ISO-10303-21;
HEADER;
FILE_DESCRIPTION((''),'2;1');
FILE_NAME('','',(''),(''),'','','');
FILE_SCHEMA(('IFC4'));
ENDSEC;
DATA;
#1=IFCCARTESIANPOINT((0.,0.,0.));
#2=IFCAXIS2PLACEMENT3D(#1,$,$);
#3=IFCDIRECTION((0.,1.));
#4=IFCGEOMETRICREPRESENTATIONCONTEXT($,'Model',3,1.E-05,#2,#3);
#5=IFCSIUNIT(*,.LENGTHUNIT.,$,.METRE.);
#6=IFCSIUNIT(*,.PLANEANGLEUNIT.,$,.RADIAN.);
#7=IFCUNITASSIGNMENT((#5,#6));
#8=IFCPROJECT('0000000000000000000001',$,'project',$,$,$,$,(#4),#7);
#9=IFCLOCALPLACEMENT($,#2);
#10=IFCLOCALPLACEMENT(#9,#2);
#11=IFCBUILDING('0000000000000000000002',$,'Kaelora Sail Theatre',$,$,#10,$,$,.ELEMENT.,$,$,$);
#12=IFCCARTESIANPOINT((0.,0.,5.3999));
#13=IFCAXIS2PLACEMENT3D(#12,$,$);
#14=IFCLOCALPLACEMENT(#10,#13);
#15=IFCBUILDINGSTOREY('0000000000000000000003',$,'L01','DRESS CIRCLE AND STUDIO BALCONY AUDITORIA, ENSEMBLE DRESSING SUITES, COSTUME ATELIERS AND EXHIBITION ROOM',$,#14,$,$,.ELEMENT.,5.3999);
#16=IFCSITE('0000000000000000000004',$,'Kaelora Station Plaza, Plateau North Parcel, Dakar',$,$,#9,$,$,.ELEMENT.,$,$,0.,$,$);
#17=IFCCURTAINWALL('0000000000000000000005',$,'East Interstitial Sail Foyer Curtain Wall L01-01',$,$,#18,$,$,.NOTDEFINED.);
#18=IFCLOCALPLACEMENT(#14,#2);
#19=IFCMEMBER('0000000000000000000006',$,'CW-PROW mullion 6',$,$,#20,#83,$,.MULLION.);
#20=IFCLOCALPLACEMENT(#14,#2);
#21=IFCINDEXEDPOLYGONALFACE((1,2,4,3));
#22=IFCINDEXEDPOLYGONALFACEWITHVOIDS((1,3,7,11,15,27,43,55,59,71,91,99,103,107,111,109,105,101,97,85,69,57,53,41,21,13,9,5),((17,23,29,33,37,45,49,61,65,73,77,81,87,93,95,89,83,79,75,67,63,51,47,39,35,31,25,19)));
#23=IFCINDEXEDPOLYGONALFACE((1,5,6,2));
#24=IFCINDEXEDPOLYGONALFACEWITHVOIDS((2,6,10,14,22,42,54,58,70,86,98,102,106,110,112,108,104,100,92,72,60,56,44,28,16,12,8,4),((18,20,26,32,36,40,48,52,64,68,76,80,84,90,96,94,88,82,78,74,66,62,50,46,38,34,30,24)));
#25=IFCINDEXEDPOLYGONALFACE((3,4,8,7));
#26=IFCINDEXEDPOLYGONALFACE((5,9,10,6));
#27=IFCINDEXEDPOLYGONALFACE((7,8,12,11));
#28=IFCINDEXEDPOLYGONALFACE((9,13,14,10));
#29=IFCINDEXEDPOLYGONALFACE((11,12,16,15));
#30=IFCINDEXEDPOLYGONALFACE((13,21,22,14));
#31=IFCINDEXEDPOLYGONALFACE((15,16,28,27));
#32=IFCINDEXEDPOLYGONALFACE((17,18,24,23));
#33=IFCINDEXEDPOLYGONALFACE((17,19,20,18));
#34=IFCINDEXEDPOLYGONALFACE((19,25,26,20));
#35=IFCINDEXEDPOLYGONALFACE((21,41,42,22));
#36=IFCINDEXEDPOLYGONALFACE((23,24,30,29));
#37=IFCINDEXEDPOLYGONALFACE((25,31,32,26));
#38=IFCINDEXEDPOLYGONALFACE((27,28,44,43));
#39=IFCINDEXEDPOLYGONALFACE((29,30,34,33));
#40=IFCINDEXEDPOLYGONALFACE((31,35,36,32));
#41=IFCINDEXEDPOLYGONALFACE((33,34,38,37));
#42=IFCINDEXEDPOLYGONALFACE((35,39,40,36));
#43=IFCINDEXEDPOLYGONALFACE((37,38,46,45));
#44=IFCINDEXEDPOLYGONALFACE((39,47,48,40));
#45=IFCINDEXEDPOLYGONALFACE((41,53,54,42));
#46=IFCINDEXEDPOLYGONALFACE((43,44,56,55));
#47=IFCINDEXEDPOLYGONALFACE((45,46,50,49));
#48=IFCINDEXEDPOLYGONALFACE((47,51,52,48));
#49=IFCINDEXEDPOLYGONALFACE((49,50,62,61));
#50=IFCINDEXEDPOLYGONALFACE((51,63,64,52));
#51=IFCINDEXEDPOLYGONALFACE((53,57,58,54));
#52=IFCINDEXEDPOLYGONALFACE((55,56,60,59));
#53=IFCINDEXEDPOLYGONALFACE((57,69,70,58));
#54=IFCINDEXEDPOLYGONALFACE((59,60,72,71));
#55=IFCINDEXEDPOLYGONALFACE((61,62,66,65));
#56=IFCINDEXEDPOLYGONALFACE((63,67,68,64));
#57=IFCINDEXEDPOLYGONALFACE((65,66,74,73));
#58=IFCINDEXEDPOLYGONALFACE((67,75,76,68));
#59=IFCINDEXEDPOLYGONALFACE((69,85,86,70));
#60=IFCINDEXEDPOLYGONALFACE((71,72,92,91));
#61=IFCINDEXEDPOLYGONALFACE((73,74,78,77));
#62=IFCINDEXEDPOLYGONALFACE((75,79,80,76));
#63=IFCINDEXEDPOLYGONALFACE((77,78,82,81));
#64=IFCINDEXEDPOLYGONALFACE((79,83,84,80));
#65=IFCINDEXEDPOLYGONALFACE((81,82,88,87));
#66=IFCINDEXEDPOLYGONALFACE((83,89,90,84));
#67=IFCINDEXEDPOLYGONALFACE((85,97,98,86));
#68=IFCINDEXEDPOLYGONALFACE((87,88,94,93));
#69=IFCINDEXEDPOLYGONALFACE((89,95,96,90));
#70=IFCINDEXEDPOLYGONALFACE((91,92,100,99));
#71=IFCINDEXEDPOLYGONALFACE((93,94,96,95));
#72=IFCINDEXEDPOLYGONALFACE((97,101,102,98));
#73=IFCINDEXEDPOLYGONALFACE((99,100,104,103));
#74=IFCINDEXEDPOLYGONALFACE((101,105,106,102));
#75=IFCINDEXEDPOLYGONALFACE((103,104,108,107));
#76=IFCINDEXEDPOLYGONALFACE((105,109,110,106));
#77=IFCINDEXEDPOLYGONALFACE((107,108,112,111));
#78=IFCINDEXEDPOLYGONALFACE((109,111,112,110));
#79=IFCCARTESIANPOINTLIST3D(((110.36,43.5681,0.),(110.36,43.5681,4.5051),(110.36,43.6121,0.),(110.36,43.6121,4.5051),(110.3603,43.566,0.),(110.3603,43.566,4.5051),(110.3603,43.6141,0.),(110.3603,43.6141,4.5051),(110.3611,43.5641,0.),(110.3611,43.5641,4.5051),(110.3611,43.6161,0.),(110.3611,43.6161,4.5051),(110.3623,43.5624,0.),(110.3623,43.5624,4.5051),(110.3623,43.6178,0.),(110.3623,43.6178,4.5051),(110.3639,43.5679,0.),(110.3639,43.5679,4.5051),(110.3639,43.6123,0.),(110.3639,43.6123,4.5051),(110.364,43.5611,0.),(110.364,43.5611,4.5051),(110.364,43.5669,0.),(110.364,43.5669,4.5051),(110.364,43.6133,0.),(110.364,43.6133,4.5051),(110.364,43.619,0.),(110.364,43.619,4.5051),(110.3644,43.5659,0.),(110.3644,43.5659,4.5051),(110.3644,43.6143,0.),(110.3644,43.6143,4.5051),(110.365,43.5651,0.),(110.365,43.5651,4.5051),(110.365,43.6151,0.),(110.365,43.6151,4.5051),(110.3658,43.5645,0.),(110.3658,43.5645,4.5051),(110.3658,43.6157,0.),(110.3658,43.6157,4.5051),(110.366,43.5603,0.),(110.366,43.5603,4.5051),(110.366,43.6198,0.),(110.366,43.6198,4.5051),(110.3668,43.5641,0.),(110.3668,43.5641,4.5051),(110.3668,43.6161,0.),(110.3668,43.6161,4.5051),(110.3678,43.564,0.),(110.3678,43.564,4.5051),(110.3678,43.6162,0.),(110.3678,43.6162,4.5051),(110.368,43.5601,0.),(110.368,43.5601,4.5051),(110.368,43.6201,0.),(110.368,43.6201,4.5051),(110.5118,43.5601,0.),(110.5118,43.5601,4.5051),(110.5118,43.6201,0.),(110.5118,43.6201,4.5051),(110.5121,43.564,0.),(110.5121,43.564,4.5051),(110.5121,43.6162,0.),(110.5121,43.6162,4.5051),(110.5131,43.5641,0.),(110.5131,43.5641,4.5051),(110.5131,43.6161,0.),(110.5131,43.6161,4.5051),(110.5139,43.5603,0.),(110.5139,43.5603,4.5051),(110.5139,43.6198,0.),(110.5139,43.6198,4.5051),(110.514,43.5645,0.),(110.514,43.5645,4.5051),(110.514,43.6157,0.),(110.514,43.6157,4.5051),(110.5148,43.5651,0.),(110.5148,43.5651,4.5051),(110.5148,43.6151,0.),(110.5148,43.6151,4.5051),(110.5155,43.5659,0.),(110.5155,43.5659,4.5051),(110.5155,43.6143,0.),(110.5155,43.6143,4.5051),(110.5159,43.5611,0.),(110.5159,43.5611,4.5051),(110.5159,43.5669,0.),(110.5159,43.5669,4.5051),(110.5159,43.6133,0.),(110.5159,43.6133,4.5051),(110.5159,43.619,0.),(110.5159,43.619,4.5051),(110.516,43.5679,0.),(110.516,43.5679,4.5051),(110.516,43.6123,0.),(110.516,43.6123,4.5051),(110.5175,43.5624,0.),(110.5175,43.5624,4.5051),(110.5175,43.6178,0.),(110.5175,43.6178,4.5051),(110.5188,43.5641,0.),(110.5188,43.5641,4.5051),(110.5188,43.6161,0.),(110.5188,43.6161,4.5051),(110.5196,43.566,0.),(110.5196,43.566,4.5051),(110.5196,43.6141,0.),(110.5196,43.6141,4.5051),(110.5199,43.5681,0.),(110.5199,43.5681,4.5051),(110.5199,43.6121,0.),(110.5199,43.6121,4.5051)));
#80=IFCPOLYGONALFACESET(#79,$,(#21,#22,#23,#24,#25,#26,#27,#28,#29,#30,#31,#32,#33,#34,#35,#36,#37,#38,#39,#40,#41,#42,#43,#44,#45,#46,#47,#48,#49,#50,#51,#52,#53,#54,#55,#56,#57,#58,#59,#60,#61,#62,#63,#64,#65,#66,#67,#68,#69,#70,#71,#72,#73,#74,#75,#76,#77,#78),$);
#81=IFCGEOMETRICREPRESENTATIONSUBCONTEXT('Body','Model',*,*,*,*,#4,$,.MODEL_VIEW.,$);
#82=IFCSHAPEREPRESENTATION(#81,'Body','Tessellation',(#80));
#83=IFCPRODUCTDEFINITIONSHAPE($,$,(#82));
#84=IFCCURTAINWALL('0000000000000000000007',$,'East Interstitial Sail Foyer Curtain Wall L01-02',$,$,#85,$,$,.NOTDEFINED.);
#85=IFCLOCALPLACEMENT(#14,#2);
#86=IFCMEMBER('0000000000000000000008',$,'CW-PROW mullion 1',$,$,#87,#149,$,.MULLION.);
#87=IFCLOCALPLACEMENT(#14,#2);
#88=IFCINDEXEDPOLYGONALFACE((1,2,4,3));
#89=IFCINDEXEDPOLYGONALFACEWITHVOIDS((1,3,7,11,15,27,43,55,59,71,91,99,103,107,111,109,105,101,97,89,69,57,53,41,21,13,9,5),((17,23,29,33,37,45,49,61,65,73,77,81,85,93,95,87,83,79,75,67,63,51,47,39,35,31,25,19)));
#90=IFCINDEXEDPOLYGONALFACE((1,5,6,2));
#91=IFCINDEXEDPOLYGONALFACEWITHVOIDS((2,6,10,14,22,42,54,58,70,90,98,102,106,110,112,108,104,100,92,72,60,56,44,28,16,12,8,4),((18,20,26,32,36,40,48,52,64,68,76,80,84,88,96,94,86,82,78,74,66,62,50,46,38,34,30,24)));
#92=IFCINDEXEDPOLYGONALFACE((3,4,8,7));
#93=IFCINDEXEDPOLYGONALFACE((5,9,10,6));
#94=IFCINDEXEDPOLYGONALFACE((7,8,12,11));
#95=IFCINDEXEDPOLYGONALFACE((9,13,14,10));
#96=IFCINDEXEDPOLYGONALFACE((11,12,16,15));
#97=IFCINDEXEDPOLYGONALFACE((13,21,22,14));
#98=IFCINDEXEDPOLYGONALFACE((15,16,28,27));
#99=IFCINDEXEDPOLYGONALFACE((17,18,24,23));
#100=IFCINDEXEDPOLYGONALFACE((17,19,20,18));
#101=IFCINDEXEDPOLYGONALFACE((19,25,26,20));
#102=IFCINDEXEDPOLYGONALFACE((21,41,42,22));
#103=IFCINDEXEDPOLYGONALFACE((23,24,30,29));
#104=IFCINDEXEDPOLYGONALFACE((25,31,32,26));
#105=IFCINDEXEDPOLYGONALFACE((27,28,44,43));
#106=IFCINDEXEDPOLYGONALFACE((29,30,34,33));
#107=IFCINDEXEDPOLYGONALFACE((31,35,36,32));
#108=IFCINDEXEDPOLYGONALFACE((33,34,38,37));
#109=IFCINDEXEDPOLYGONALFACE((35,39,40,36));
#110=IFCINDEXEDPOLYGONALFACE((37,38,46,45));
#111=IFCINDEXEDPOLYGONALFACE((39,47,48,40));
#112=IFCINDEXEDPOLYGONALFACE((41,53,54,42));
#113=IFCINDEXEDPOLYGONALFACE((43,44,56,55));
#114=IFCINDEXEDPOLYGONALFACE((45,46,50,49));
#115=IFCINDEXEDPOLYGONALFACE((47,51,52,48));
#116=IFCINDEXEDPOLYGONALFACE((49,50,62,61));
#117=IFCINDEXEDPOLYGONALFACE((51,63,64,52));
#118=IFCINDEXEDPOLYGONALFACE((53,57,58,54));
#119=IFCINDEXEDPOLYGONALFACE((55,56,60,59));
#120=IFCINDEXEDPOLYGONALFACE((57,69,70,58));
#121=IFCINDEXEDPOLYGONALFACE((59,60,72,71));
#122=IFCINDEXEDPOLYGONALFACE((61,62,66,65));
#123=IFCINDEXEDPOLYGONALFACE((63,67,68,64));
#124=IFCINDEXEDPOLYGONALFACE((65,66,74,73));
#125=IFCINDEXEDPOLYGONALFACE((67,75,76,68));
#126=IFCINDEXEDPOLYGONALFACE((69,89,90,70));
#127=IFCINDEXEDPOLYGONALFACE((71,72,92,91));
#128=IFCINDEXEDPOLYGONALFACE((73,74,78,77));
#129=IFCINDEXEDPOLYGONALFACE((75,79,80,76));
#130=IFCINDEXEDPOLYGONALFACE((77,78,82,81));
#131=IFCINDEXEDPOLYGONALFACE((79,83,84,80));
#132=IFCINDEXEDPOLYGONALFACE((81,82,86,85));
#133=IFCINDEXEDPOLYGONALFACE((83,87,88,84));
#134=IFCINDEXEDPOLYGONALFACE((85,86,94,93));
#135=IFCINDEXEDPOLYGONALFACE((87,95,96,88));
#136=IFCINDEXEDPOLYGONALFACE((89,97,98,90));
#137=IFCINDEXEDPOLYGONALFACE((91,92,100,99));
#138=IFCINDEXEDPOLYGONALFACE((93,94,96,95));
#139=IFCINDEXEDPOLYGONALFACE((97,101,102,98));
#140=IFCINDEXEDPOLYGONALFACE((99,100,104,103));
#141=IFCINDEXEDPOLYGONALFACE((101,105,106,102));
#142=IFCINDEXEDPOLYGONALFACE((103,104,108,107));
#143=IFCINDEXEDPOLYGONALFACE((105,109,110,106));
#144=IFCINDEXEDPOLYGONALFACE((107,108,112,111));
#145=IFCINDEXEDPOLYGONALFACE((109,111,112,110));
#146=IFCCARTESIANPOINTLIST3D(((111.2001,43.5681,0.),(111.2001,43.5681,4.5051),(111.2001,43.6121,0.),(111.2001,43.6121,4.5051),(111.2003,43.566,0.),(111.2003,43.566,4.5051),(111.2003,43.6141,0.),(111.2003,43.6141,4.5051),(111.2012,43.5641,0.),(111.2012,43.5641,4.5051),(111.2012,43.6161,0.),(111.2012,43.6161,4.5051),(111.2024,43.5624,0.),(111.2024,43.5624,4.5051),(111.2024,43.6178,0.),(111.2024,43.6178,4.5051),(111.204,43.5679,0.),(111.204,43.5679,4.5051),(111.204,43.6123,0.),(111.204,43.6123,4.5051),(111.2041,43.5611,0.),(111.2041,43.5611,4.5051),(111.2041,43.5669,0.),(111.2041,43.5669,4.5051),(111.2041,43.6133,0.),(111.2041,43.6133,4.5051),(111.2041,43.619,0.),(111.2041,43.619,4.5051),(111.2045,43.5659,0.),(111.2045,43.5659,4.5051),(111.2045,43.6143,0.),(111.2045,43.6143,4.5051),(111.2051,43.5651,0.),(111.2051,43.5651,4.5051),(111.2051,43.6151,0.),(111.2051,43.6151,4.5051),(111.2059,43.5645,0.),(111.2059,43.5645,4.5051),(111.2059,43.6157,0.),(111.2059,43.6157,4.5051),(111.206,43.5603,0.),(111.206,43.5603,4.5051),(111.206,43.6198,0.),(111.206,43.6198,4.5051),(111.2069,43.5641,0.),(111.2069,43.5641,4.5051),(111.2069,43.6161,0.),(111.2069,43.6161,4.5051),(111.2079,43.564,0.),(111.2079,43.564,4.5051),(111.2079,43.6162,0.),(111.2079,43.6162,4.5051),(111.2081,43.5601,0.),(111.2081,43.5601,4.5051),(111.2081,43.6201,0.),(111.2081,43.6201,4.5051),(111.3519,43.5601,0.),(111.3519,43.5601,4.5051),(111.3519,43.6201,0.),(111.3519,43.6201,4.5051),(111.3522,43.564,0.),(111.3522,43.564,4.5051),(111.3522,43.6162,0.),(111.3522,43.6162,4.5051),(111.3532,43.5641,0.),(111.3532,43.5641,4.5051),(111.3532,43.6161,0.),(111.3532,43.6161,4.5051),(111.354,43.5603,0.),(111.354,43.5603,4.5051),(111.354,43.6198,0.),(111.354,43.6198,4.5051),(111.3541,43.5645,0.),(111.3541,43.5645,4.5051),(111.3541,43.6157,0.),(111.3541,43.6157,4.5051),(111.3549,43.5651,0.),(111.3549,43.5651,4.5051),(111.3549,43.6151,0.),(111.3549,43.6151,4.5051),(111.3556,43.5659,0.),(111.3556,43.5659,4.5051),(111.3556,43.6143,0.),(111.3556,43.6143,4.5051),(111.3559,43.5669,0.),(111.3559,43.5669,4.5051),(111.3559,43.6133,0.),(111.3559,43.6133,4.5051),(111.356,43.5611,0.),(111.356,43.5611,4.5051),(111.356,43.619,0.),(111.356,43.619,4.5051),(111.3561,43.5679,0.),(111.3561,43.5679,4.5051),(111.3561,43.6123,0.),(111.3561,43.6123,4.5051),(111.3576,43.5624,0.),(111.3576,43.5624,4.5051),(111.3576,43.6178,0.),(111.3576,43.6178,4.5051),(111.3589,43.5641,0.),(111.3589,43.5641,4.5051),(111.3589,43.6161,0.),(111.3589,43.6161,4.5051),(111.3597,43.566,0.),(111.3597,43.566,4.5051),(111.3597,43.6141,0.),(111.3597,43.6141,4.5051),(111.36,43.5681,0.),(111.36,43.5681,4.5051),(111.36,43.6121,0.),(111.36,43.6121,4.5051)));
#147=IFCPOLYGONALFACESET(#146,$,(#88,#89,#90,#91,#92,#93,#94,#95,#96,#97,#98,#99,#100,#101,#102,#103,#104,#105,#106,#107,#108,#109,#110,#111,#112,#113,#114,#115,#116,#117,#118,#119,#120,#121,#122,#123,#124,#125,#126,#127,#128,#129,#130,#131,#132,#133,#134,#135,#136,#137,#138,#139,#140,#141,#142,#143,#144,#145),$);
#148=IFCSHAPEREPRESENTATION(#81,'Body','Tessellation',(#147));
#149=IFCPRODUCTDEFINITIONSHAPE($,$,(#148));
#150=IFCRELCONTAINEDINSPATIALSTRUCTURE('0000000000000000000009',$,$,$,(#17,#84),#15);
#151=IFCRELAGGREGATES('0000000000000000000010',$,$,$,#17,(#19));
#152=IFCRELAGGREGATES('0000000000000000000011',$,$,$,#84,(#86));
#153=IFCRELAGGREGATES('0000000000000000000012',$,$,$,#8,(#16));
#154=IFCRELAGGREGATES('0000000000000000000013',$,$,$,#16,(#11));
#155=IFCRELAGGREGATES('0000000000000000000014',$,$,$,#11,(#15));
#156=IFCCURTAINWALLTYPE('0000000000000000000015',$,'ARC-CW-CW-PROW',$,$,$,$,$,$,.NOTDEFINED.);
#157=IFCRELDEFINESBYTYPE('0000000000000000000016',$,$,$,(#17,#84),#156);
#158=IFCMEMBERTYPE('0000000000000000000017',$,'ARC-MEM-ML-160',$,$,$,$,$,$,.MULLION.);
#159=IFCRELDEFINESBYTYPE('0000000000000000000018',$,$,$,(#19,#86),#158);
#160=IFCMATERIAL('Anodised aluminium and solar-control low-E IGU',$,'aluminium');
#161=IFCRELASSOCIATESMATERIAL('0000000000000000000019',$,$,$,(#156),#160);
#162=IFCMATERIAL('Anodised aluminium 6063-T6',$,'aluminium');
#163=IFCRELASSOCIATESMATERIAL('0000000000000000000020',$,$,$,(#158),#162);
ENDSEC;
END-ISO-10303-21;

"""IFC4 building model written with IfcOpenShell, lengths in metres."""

from ifc_helpers import new_model, si_unit, direction, frame, origin, origin_2d, place, context, subcontext, project, spatial, hollow_rectangle, extrude, material, material_profile, profile_set, type_object, element, aggregate, save


model = new_model("IFC4")

# Units and contexts
model_context = context("Model", 3, precision=1e-05, world=origin(), true_north=direction((0.0, 1.0)))
body_context = subcontext(model_context, "Body", "Model", "MODEL_VIEW")
ifc_project = project(units=[si_unit("LENGTHUNIT", "METRE"), si_unit("PLANEANGLEUNIT", "RADIAN")], contexts=[model_context])

# Site, building, storey
site_placement = place(None, origin())
site = spatial("IfcSite", under=ifc_project, at=site_placement, Name="Kaelora Station Plaza, Plateau North Parcel, Dakar", CompositionType="ELEMENT", RefElevation=0.0)
building_placement = place(site_placement, origin())
building = spatial("IfcBuilding", under=site, at=building_placement, Name="Kaelora Sail Theatre", CompositionType="ELEMENT")
storey_placement = place(building_placement, frame((0.0, 0.0, 5.3999)))
storey = spatial("IfcBuildingStorey", under=building, at=storey_placement, Name="L01", Description="DRESS CIRCLE AND STUDIO BALCONY AUDITORIA, ENSEMBLE DRESSING SUITES, COSTUME ATELIERS AND EXHIBITION ROOM", CompositionType="ELEMENT", Elevation=5.3999)

# Curtain wall, member
ifc_material_1 = material(Name="Anodised aluminium and solar-control low-E IGU", Category="aluminium")
curtain_wall_type = type_object("IfcCurtainWallType", Name="ARC-CW-CW-PROW", PredefinedType="NOTDEFINED", material=ifc_material_1)
curtain_wall_1_placement = place(storey_placement, origin())
curtain_wall_1 = element("IfcCurtainWall", 1, at=curtain_wall_1_placement, inside=storey, type_object=curtain_wall_type, Name="East Interstitial Sail Foyer Curtain Wall L01-01", PredefinedType="NOTDEFINED")
ifc_material_2 = material(Name="Anodised aluminium 6063-T6", Category="aluminium")
ifc_material_profile_1 = material_profile(ifc_material_2, hollow_rectangle(XDim=0.0601, YDim=0.1599, WallThickness=0.0039, InnerFilletRadius=0.0039, OuterFilletRadius=0.0081, at=origin_2d()), Name="ALU-MULL 60x160x4")
ifc_profile_set_1 = profile_set([ifc_material_profile_1], Name="Anodised aluminium 6063-T6")
member_type_1 = type_object("IfcMemberType", Name="ARC-MEM-ML-160", PredefinedType="MULLION", material=ifc_profile_set_1)
member_1_placement = place(storey_placement, frame((110.4399, 43.5901, 0.0), z_axis=(0.0, 0.0, 1.0), x_axis=(0.0, 1.0, 0.0)))
member_1 = element("IfcMember", 2, at=member_1_placement, type_object=member_type_1, Name="CW-PROW mullion 6", PredefinedType="MULLION", context=body_context, shape_type="SweptSolid", body=[
    extrude(hollow_rectangle(XDim=0.0601, YDim=0.1599, WallThickness=0.0039, InnerFilletRadius=0.0039, OuterFilletRadius=0.0081, at=origin_2d()), origin(), (0.0, 0.0, 1.0), 4.5051),
])

# Curtain wall, member
curtain_wall_2_placement = place(storey_placement, origin())
curtain_wall_2 = element("IfcCurtainWall", 3, at=curtain_wall_2_placement, inside=storey, type_object=curtain_wall_type, Name="East Interstitial Sail Foyer Curtain Wall L01-02", PredefinedType="NOTDEFINED")
member_2_placement = place(storey_placement, frame((111.28, 43.5901, 0.0), z_axis=(0.0, 0.0, 1.0), x_axis=(0.0, 1.0, 0.0)))
member_2 = element("IfcMember", 4, at=member_2_placement, type_object=member_type_1, Name="CW-PROW mullion 1", PredefinedType="MULLION", context=body_context, shape_type="SweptSolid", body=[
    extrude(hollow_rectangle(XDim=0.0601, YDim=0.1599, WallThickness=0.0039, InnerFilletRadius=0.0039, OuterFilletRadius=0.0081, at=origin_2d()), origin(), (0.0, 0.0, 1.0), 4.5051),
])

aggregate(curtain_wall_1, [member_1])
aggregate(curtain_wall_2, [member_2])

save(model, "model.ifc")
